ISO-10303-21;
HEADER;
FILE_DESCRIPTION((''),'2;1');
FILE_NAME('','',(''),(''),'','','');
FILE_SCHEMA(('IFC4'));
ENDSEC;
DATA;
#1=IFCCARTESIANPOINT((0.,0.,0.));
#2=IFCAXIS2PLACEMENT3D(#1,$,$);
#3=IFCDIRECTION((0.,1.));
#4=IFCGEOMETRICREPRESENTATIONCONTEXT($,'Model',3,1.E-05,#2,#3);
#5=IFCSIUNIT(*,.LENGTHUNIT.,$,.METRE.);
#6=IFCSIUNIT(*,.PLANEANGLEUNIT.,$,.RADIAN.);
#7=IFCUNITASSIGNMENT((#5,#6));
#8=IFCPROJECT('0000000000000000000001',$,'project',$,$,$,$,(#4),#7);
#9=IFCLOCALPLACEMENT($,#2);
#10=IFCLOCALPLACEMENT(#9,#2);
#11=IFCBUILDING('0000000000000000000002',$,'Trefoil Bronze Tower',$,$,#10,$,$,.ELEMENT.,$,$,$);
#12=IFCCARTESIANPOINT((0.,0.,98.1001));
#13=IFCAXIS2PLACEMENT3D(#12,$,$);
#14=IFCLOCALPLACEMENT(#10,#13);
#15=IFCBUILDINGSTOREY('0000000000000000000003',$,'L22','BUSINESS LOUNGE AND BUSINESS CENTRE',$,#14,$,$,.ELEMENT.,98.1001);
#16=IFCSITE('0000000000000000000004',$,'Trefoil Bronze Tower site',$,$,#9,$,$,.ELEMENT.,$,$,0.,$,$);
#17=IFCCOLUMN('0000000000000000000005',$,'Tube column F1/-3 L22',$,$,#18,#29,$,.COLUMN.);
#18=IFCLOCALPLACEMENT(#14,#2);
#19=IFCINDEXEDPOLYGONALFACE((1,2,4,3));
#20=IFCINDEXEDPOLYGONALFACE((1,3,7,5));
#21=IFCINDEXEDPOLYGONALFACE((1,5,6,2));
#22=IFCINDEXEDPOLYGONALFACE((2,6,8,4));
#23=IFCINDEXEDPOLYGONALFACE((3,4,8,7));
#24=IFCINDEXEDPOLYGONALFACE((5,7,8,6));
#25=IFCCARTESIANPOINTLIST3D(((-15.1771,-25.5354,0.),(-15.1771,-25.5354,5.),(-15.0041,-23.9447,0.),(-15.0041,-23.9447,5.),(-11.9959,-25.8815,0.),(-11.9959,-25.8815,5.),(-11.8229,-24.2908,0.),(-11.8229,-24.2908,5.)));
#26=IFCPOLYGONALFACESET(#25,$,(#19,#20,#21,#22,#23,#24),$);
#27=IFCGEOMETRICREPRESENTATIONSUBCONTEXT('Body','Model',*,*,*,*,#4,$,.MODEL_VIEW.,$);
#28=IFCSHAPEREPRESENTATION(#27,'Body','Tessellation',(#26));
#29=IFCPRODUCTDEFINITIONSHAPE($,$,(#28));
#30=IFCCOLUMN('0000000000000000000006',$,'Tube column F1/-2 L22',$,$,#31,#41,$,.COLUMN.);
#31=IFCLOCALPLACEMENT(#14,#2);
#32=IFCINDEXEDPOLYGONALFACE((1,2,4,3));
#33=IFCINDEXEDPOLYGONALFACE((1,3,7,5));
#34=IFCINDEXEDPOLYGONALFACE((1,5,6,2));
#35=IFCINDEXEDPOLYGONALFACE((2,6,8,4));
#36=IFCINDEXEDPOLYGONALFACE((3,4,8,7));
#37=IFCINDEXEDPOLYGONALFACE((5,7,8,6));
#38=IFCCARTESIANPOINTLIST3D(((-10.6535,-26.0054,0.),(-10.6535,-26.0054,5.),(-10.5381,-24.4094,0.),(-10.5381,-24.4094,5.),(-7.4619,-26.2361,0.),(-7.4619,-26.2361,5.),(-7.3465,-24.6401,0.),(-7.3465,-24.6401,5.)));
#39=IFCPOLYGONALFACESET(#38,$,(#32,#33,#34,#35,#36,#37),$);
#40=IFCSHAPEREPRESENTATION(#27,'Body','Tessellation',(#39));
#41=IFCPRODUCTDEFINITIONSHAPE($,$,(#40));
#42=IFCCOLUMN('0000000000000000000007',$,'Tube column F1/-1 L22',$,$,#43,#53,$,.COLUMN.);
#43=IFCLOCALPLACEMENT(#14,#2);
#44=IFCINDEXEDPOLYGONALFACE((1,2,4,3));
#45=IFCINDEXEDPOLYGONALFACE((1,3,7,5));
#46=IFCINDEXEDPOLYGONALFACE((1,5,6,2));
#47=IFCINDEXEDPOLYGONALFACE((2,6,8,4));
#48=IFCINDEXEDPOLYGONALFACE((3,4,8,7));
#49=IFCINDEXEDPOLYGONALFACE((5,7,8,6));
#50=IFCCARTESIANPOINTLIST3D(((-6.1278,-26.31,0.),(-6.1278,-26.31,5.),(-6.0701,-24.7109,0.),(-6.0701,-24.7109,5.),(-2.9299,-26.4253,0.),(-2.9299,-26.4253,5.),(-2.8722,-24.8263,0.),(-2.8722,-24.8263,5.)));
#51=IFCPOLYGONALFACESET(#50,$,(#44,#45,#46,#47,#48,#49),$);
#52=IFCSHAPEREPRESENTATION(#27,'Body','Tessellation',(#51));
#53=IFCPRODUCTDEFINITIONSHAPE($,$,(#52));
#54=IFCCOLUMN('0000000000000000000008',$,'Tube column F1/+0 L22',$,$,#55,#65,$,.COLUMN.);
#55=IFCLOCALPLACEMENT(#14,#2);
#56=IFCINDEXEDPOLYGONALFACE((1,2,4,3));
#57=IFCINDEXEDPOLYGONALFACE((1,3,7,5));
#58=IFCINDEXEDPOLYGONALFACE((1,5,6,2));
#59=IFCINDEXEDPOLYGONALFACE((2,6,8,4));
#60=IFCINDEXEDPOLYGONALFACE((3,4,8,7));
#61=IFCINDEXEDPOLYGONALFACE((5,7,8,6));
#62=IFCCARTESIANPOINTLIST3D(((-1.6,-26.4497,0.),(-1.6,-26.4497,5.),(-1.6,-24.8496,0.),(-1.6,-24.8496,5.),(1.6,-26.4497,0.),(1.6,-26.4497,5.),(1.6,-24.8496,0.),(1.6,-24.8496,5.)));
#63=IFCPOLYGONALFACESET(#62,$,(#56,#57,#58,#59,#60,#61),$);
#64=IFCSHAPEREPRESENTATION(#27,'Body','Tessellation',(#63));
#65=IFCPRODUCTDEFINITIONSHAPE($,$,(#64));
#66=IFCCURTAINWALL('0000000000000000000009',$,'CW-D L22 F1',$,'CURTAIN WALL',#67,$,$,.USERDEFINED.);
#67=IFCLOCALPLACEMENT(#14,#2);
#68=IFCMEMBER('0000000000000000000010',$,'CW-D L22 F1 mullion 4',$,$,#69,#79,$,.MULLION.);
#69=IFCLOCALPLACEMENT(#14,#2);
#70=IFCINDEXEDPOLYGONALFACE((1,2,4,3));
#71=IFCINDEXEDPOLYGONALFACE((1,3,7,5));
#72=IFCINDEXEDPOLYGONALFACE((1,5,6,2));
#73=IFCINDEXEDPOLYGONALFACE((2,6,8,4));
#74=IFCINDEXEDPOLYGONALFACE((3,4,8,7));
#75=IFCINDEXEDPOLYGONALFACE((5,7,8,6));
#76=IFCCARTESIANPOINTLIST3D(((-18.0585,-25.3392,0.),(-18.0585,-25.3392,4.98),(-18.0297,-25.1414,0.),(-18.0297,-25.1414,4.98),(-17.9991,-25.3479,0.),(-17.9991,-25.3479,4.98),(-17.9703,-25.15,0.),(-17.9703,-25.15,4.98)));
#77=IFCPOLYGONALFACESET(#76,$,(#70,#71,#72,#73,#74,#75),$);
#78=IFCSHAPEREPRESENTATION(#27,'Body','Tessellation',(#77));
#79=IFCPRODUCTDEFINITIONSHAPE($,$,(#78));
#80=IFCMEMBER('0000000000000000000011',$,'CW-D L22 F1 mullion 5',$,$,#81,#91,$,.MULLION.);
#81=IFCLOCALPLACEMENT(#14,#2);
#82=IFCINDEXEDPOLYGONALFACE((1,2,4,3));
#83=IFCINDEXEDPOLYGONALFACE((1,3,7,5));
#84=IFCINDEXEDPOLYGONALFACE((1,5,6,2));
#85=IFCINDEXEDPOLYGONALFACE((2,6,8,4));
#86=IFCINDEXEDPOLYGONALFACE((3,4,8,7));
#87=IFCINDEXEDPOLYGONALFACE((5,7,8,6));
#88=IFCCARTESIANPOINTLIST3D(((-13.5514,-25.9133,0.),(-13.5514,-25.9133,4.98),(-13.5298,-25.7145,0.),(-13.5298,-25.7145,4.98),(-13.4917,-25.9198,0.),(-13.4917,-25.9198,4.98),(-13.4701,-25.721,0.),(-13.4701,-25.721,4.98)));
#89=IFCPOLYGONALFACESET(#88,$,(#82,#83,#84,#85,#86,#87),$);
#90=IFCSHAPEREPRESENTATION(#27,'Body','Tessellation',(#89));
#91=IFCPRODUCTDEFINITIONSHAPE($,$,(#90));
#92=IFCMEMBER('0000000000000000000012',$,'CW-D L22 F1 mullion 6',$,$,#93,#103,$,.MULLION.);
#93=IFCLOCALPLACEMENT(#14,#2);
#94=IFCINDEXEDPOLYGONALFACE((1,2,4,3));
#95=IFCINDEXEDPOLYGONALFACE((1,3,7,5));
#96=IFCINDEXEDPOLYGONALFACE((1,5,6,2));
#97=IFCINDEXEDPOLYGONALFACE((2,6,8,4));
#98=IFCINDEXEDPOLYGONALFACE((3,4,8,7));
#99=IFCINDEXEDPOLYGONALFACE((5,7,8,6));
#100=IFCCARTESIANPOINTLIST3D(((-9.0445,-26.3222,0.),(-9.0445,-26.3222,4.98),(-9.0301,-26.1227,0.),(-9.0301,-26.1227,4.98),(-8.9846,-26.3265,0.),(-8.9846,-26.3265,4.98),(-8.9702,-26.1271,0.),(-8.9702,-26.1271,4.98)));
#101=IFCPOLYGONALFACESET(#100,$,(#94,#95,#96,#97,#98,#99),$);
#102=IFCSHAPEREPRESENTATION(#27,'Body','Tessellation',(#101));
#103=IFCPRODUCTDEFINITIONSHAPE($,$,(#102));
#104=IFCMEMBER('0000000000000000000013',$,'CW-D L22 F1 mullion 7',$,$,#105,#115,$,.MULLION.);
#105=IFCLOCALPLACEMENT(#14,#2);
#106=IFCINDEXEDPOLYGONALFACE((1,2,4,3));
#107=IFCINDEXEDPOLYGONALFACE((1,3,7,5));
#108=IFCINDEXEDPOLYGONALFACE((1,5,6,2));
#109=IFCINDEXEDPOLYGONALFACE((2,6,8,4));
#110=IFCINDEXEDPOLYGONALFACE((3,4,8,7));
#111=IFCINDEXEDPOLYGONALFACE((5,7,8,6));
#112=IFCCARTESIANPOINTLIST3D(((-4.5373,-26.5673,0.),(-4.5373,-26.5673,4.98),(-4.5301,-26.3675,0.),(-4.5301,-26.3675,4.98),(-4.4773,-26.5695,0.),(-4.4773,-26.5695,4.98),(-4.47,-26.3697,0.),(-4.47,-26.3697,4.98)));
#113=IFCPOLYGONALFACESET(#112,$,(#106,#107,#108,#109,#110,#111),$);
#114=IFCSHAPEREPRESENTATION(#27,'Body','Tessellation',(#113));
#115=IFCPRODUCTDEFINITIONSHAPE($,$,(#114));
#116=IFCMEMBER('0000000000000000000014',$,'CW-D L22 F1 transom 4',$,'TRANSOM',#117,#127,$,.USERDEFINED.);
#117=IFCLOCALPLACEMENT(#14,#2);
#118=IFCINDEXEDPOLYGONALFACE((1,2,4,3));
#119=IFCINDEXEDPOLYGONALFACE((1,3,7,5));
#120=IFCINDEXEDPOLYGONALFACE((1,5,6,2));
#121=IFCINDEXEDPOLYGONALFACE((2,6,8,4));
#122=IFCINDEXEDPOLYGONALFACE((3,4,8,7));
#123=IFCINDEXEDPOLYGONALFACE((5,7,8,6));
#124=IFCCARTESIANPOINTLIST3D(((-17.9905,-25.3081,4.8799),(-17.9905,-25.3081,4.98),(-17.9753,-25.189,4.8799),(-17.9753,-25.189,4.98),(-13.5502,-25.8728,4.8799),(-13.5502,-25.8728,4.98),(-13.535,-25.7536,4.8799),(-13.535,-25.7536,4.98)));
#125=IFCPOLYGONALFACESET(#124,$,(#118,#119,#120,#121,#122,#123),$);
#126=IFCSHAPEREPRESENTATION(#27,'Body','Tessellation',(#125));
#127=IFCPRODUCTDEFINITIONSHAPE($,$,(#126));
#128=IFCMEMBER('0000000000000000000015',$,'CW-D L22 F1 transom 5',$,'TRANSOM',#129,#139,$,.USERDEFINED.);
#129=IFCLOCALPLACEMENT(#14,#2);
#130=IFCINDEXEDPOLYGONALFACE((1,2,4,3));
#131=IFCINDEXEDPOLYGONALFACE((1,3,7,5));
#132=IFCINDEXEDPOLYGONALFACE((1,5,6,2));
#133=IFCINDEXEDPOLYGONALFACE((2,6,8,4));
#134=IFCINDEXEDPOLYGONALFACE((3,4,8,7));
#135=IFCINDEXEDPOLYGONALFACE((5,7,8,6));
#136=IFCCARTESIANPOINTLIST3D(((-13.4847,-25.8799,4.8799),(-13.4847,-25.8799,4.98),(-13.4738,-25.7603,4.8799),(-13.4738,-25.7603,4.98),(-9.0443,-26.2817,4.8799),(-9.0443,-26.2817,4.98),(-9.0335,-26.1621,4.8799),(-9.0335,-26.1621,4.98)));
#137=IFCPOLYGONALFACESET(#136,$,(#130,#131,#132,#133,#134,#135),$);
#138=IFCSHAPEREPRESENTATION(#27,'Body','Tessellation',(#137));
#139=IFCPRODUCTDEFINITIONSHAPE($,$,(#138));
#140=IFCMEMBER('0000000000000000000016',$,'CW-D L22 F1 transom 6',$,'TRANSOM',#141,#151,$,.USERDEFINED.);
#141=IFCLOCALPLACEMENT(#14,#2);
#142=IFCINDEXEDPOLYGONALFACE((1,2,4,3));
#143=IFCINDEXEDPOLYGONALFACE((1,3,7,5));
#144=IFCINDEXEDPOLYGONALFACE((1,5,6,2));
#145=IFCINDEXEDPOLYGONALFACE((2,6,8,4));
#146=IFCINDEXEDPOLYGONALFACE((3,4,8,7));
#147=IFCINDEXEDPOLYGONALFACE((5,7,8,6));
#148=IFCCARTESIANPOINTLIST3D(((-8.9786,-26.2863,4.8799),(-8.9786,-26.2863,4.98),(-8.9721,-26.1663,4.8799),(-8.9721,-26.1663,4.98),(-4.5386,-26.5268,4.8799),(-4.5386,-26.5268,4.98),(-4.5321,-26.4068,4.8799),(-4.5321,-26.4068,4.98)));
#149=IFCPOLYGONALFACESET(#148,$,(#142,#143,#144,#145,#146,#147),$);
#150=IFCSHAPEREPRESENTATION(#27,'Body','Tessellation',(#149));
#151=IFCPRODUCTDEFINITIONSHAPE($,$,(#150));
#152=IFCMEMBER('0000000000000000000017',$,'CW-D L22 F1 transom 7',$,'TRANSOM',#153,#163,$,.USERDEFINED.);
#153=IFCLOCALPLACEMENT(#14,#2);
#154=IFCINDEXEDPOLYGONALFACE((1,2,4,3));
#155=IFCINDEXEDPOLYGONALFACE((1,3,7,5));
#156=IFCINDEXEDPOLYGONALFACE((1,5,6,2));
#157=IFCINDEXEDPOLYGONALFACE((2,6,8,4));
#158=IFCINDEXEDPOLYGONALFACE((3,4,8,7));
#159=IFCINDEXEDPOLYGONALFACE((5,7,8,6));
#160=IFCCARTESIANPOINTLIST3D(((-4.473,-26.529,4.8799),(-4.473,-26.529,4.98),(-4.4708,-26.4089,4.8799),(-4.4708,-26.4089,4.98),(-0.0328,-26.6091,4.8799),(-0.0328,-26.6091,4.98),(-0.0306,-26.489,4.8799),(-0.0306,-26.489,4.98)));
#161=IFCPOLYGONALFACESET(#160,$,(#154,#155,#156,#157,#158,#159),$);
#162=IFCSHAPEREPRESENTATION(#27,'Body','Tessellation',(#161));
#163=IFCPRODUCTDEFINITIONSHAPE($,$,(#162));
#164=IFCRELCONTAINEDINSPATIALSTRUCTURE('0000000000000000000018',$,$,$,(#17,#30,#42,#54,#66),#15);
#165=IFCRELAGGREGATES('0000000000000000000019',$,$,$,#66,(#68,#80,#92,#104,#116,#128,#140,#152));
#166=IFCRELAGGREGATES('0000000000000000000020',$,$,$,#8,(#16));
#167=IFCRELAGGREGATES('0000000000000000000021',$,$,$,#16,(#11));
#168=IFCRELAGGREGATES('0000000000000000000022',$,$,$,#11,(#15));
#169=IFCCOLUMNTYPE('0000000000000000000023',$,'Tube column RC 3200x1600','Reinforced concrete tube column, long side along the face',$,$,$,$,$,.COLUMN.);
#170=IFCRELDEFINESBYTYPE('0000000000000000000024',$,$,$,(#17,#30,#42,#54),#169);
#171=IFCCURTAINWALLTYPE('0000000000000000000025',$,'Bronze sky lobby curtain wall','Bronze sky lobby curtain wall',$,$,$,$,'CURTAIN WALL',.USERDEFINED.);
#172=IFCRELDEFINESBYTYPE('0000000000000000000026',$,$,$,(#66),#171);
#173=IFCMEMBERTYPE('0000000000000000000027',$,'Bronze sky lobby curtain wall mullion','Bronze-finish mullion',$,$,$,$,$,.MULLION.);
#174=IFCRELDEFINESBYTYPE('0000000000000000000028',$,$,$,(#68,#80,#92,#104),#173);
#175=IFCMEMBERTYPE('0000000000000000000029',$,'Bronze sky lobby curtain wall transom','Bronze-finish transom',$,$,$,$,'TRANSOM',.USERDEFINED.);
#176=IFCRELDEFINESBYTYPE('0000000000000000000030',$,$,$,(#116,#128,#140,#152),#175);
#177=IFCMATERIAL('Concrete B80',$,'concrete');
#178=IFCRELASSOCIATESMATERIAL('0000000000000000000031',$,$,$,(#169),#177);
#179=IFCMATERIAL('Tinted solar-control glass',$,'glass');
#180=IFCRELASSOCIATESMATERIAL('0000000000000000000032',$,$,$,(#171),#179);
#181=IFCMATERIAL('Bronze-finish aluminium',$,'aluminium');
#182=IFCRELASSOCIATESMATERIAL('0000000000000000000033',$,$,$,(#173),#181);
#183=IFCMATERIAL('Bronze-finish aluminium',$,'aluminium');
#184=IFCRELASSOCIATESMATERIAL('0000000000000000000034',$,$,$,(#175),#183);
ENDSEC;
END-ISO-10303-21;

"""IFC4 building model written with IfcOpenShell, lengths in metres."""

from ifc_helpers import new_model, si_unit, direction, frame, origin, origin_2d, place, context, subcontext, project, spatial, rectangle, extrude, material, material_profile, profile_set, type_object, element, aggregate, save


model = new_model("IFC4")

# Units and contexts
model_context = context("Model", 3, precision=1e-05, world=origin(), true_north=direction((0.0, 1.0)))
body_context = subcontext(model_context, "Body", "Model", "MODEL_VIEW")
ifc_project = project(units=[si_unit("LENGTHUNIT", "METRE"), si_unit("PLANEANGLEUNIT", "RADIAN")], contexts=[model_context])

# Site, building, storey
site_placement = place(None, origin())
site = spatial("IfcSite", under=ifc_project, at=site_placement, Name="Trefoil Bronze Tower site", CompositionType="ELEMENT", RefElevation=0.0)
building_placement = place(site_placement, origin())
building = spatial("IfcBuilding", under=site, at=building_placement, Name="Trefoil Bronze Tower", CompositionType="ELEMENT")
storey_placement = place(building_placement, frame((0.0, 0.0, 98.1001)))
storey = spatial("IfcBuildingStorey", under=building, at=storey_placement, Name="L22", Description="BUSINESS LOUNGE AND BUSINESS CENTRE", CompositionType="ELEMENT", Elevation=98.1001)

# Columns
ifc_material_1 = material(Name="Concrete B80", Category="concrete")
ifc_material_profile_1 = material_profile(ifc_material_1, rectangle(XDim=3.2, YDim=1.6001, at=origin_2d()), Name="RC 3200x1600")
ifc_profile_set_1 = profile_set([ifc_material_profile_1], Name="Concrete B80")
column_type = type_object("IfcColumnType", Name="Tube column RC 3200x1600", Description="Reinforced concrete tube column, long side along the face", PredefinedType="COLUMN", material=ifc_profile_set_1)
for number, where, z_axis, x_axis, name in (
    (1, (-13.5, -24.9131, 0.0), (0.0, 0.0, 1.0), (0.994135, -0.108144, 0.0), "Tube column F1/-3 L22"),
    (2, (-9.0, -25.3228, 0.0), (0.0, 0.0, 1.0), (0.997398, -0.072096, 0.0), "Tube column F1/-2 L22"),
    (3, (-4.5, -25.5681, 0.0), (0.0, 0.0, 1.0), (0.99935, -0.036048, 0.0), "Tube column F1/-1 L22"),
    (4, (0.0, -25.6497, 0.0), (0.0, 0.0, 1.0), (1.0, 0.0, 0.0), "Tube column F1/+0 L22"),
):
    element("IfcColumn", number, at=place(storey_placement, frame(where, z_axis=z_axis, x_axis=x_axis)), inside=storey, type_object=column_type, Name=name, PredefinedType="COLUMN", context=body_context, shape_type="SweptSolid", body=[
        extrude(rectangle(XDim=3.2, YDim=1.6001, at=origin_2d()), origin(), (0.0, 0.0, 1.0), 5.0),
    ])

# Curtain wall, members
ifc_material_2 = material(Name="Tinted solar-control glass", Category="glass")
curtain_wall_type = type_object("IfcCurtainWallType", Name="Bronze sky lobby curtain wall", Description="Bronze sky lobby curtain wall", ElementType="CURTAIN WALL", PredefinedType="USERDEFINED", material=ifc_material_2)
curtain_wall_placement = place(storey_placement, origin())
curtain_wall = element("IfcCurtainWall", 5, at=curtain_wall_placement, inside=storey, type_object=curtain_wall_type, Name="CW-D L22 F1", ObjectType="CURTAIN WALL", PredefinedType="USERDEFINED")
ifc_material_3 = material(Name="Bronze-finish aluminium", Category="aluminium")
ifc_material_profile_2 = material_profile(ifc_material_3, rectangle(XDim=0.2, YDim=0.0601, at=origin_2d()), Name="CW-D mullion")
ifc_profile_set_2 = profile_set([ifc_material_profile_2], Name="Bronze-finish aluminium")
member_type_1 = type_object("IfcMemberType", Name="Bronze sky lobby curtain wall mullion", Description="Bronze-finish mullion", PredefinedType="MULLION", material=ifc_profile_set_2)
member_1_placement = place(storey_placement, frame((-18.0144, -25.2446, 0.0), z_axis=(0.0, 0.0, 1.0), x_axis=(0.144192, 0.98955, 0.0)))
member_1 = element("IfcMember", 6, at=member_1_placement, type_object=member_type_1, Name="CW-D L22 F1 mullion 4", PredefinedType="MULLION", context=body_context, shape_type="SweptSolid", body=[
    extrude(rectangle(XDim=0.2, YDim=0.0601, at=origin_2d()), origin(), (0.0, 0.0, 1.0), 4.98),
])
member_2_placement = place(storey_placement, frame((-13.5107, -25.8171, 0.0), z_axis=(0.0, 0.0, 1.0), x_axis=(0.108144, 0.994135, 0.0)))
member_2 = element("IfcMember", 7, at=member_2_placement, type_object=member_type_1, Name="CW-D L22 F1 mullion 5", PredefinedType="MULLION", context=body_context, shape_type="SweptSolid", body=[
    extrude(rectangle(XDim=0.2, YDim=0.0601, at=origin_2d()), origin(), (0.0, 0.0, 1.0), 4.98),
])
member_3_placement = place(storey_placement, frame((-9.0073, -26.2246, 0.0), z_axis=(0.0, 0.0, 1.0), x_axis=(0.072096, 0.997398, 0.0)))
member_3 = element("IfcMember", 8, at=member_3_placement, type_object=member_type_1, Name="CW-D L22 F1 mullion 6", PredefinedType="MULLION", context=body_context, shape_type="SweptSolid", body=[
    extrude(rectangle(XDim=0.2, YDim=0.0601, at=origin_2d()), origin(), (0.0, 0.0, 1.0), 4.98),
])
member_4_placement = place(storey_placement, frame((-4.5037, -26.4685, 0.0), z_axis=(0.0, 0.0, 1.0), x_axis=(0.036048, 0.99935, 0.0)))
member_4 = element("IfcMember", 9, at=member_4_placement, type_object=member_type_1, Name="CW-D L22 F1 mullion 7", PredefinedType="MULLION", context=body_context, shape_type="SweptSolid", body=[
    extrude(rectangle(XDim=0.2, YDim=0.0601, at=origin_2d()), origin(), (0.0, 0.0, 1.0), 4.98),
])
ifc_material_4 = material(Name="Bronze-finish aluminium", Category="aluminium")
ifc_material_profile_3 = material_profile(ifc_material_4, rectangle(XDim=0.1201, YDim=0.1001, at=origin_2d()), Name="CW-D transom")
ifc_profile_set_3 = profile_set([ifc_material_profile_3], Name="Bronze-finish aluminium")
member_type_2 = type_object("IfcMemberType", Name="Bronze sky lobby curtain wall transom", Description="Bronze-finish transom", ElementType="TRANSOM", PredefinedType="USERDEFINED", material=ifc_profile_set_3)
member_5_placement = place(storey_placement, frame((-17.9829, -25.2485, 4.9299), z_axis=(0.99201, -0.126156, 0.0), x_axis=(0.126156, 0.99201, 0.0)))
member_5 = element("IfcMember", 10, at=member_5_placement, type_object=member_type_2, Name="CW-D L22 F1 transom 4", ObjectType="TRANSOM", PredefinedType="USERDEFINED", context=body_context, shape_type="SweptSolid", body=[
    extrude(rectangle(XDim=0.1201, YDim=0.1001, at=origin_2d()), origin(), (0.0, 0.0, 1.0), 4.4761),
])
member_6_placement = place(storey_placement, frame((-13.4792, -25.8201, 4.9299), z_axis=(0.99593, -0.090131, 0.0), x_axis=(0.090131, 0.99593, 0.0)))
member_6 = element("IfcMember", 11, at=member_6_placement, type_object=member_type_2, Name="CW-D L22 F1 transom 5", ObjectType="TRANSOM", PredefinedType="USERDEFINED", context=body_context, shape_type="SweptSolid", body=[
    extrude(rectangle(XDim=0.1201, YDim=0.1001, at=origin_2d()), origin(), (0.0, 0.0, 1.0), 4.4585),
])
member_7_placement = place(storey_placement, frame((-8.9753, -26.2263, 4.9299), z_axis=(0.998536, -0.054083, 0.0), x_axis=(0.054083, 0.998536, 0.0)))
member_7 = element("IfcMember", 12, at=member_7_placement, type_object=member_type_2, Name="CW-D L22 F1 transom 6", ObjectType="TRANSOM", PredefinedType="USERDEFINED", context=body_context, shape_type="SweptSolid", body=[
    extrude(rectangle(XDim=0.1201, YDim=0.1001, at=origin_2d()), origin(), (0.0, 0.0, 1.0), 4.4465),
])
member_8_placement = place(storey_placement, frame((-4.4719, -26.469, 4.9299), z_axis=(0.999837, -0.018032, 0.0), x_axis=(0.018032, 0.999837, 0.0)))
member_8 = element("IfcMember", 13, at=member_8_placement, type_object=member_type_2, Name="CW-D L22 F1 transom 7", ObjectType="TRANSOM", PredefinedType="USERDEFINED", context=body_context, shape_type="SweptSolid", body=[
    extrude(rectangle(XDim=0.1201, YDim=0.1001, at=origin_2d()), origin(), (0.0, 0.0, 1.0), 4.4409),
])

aggregate(curtain_wall, [member_1, member_2, member_3, member_4, member_5, member_6, member_7, member_8])

save(model, "model.ifc")
